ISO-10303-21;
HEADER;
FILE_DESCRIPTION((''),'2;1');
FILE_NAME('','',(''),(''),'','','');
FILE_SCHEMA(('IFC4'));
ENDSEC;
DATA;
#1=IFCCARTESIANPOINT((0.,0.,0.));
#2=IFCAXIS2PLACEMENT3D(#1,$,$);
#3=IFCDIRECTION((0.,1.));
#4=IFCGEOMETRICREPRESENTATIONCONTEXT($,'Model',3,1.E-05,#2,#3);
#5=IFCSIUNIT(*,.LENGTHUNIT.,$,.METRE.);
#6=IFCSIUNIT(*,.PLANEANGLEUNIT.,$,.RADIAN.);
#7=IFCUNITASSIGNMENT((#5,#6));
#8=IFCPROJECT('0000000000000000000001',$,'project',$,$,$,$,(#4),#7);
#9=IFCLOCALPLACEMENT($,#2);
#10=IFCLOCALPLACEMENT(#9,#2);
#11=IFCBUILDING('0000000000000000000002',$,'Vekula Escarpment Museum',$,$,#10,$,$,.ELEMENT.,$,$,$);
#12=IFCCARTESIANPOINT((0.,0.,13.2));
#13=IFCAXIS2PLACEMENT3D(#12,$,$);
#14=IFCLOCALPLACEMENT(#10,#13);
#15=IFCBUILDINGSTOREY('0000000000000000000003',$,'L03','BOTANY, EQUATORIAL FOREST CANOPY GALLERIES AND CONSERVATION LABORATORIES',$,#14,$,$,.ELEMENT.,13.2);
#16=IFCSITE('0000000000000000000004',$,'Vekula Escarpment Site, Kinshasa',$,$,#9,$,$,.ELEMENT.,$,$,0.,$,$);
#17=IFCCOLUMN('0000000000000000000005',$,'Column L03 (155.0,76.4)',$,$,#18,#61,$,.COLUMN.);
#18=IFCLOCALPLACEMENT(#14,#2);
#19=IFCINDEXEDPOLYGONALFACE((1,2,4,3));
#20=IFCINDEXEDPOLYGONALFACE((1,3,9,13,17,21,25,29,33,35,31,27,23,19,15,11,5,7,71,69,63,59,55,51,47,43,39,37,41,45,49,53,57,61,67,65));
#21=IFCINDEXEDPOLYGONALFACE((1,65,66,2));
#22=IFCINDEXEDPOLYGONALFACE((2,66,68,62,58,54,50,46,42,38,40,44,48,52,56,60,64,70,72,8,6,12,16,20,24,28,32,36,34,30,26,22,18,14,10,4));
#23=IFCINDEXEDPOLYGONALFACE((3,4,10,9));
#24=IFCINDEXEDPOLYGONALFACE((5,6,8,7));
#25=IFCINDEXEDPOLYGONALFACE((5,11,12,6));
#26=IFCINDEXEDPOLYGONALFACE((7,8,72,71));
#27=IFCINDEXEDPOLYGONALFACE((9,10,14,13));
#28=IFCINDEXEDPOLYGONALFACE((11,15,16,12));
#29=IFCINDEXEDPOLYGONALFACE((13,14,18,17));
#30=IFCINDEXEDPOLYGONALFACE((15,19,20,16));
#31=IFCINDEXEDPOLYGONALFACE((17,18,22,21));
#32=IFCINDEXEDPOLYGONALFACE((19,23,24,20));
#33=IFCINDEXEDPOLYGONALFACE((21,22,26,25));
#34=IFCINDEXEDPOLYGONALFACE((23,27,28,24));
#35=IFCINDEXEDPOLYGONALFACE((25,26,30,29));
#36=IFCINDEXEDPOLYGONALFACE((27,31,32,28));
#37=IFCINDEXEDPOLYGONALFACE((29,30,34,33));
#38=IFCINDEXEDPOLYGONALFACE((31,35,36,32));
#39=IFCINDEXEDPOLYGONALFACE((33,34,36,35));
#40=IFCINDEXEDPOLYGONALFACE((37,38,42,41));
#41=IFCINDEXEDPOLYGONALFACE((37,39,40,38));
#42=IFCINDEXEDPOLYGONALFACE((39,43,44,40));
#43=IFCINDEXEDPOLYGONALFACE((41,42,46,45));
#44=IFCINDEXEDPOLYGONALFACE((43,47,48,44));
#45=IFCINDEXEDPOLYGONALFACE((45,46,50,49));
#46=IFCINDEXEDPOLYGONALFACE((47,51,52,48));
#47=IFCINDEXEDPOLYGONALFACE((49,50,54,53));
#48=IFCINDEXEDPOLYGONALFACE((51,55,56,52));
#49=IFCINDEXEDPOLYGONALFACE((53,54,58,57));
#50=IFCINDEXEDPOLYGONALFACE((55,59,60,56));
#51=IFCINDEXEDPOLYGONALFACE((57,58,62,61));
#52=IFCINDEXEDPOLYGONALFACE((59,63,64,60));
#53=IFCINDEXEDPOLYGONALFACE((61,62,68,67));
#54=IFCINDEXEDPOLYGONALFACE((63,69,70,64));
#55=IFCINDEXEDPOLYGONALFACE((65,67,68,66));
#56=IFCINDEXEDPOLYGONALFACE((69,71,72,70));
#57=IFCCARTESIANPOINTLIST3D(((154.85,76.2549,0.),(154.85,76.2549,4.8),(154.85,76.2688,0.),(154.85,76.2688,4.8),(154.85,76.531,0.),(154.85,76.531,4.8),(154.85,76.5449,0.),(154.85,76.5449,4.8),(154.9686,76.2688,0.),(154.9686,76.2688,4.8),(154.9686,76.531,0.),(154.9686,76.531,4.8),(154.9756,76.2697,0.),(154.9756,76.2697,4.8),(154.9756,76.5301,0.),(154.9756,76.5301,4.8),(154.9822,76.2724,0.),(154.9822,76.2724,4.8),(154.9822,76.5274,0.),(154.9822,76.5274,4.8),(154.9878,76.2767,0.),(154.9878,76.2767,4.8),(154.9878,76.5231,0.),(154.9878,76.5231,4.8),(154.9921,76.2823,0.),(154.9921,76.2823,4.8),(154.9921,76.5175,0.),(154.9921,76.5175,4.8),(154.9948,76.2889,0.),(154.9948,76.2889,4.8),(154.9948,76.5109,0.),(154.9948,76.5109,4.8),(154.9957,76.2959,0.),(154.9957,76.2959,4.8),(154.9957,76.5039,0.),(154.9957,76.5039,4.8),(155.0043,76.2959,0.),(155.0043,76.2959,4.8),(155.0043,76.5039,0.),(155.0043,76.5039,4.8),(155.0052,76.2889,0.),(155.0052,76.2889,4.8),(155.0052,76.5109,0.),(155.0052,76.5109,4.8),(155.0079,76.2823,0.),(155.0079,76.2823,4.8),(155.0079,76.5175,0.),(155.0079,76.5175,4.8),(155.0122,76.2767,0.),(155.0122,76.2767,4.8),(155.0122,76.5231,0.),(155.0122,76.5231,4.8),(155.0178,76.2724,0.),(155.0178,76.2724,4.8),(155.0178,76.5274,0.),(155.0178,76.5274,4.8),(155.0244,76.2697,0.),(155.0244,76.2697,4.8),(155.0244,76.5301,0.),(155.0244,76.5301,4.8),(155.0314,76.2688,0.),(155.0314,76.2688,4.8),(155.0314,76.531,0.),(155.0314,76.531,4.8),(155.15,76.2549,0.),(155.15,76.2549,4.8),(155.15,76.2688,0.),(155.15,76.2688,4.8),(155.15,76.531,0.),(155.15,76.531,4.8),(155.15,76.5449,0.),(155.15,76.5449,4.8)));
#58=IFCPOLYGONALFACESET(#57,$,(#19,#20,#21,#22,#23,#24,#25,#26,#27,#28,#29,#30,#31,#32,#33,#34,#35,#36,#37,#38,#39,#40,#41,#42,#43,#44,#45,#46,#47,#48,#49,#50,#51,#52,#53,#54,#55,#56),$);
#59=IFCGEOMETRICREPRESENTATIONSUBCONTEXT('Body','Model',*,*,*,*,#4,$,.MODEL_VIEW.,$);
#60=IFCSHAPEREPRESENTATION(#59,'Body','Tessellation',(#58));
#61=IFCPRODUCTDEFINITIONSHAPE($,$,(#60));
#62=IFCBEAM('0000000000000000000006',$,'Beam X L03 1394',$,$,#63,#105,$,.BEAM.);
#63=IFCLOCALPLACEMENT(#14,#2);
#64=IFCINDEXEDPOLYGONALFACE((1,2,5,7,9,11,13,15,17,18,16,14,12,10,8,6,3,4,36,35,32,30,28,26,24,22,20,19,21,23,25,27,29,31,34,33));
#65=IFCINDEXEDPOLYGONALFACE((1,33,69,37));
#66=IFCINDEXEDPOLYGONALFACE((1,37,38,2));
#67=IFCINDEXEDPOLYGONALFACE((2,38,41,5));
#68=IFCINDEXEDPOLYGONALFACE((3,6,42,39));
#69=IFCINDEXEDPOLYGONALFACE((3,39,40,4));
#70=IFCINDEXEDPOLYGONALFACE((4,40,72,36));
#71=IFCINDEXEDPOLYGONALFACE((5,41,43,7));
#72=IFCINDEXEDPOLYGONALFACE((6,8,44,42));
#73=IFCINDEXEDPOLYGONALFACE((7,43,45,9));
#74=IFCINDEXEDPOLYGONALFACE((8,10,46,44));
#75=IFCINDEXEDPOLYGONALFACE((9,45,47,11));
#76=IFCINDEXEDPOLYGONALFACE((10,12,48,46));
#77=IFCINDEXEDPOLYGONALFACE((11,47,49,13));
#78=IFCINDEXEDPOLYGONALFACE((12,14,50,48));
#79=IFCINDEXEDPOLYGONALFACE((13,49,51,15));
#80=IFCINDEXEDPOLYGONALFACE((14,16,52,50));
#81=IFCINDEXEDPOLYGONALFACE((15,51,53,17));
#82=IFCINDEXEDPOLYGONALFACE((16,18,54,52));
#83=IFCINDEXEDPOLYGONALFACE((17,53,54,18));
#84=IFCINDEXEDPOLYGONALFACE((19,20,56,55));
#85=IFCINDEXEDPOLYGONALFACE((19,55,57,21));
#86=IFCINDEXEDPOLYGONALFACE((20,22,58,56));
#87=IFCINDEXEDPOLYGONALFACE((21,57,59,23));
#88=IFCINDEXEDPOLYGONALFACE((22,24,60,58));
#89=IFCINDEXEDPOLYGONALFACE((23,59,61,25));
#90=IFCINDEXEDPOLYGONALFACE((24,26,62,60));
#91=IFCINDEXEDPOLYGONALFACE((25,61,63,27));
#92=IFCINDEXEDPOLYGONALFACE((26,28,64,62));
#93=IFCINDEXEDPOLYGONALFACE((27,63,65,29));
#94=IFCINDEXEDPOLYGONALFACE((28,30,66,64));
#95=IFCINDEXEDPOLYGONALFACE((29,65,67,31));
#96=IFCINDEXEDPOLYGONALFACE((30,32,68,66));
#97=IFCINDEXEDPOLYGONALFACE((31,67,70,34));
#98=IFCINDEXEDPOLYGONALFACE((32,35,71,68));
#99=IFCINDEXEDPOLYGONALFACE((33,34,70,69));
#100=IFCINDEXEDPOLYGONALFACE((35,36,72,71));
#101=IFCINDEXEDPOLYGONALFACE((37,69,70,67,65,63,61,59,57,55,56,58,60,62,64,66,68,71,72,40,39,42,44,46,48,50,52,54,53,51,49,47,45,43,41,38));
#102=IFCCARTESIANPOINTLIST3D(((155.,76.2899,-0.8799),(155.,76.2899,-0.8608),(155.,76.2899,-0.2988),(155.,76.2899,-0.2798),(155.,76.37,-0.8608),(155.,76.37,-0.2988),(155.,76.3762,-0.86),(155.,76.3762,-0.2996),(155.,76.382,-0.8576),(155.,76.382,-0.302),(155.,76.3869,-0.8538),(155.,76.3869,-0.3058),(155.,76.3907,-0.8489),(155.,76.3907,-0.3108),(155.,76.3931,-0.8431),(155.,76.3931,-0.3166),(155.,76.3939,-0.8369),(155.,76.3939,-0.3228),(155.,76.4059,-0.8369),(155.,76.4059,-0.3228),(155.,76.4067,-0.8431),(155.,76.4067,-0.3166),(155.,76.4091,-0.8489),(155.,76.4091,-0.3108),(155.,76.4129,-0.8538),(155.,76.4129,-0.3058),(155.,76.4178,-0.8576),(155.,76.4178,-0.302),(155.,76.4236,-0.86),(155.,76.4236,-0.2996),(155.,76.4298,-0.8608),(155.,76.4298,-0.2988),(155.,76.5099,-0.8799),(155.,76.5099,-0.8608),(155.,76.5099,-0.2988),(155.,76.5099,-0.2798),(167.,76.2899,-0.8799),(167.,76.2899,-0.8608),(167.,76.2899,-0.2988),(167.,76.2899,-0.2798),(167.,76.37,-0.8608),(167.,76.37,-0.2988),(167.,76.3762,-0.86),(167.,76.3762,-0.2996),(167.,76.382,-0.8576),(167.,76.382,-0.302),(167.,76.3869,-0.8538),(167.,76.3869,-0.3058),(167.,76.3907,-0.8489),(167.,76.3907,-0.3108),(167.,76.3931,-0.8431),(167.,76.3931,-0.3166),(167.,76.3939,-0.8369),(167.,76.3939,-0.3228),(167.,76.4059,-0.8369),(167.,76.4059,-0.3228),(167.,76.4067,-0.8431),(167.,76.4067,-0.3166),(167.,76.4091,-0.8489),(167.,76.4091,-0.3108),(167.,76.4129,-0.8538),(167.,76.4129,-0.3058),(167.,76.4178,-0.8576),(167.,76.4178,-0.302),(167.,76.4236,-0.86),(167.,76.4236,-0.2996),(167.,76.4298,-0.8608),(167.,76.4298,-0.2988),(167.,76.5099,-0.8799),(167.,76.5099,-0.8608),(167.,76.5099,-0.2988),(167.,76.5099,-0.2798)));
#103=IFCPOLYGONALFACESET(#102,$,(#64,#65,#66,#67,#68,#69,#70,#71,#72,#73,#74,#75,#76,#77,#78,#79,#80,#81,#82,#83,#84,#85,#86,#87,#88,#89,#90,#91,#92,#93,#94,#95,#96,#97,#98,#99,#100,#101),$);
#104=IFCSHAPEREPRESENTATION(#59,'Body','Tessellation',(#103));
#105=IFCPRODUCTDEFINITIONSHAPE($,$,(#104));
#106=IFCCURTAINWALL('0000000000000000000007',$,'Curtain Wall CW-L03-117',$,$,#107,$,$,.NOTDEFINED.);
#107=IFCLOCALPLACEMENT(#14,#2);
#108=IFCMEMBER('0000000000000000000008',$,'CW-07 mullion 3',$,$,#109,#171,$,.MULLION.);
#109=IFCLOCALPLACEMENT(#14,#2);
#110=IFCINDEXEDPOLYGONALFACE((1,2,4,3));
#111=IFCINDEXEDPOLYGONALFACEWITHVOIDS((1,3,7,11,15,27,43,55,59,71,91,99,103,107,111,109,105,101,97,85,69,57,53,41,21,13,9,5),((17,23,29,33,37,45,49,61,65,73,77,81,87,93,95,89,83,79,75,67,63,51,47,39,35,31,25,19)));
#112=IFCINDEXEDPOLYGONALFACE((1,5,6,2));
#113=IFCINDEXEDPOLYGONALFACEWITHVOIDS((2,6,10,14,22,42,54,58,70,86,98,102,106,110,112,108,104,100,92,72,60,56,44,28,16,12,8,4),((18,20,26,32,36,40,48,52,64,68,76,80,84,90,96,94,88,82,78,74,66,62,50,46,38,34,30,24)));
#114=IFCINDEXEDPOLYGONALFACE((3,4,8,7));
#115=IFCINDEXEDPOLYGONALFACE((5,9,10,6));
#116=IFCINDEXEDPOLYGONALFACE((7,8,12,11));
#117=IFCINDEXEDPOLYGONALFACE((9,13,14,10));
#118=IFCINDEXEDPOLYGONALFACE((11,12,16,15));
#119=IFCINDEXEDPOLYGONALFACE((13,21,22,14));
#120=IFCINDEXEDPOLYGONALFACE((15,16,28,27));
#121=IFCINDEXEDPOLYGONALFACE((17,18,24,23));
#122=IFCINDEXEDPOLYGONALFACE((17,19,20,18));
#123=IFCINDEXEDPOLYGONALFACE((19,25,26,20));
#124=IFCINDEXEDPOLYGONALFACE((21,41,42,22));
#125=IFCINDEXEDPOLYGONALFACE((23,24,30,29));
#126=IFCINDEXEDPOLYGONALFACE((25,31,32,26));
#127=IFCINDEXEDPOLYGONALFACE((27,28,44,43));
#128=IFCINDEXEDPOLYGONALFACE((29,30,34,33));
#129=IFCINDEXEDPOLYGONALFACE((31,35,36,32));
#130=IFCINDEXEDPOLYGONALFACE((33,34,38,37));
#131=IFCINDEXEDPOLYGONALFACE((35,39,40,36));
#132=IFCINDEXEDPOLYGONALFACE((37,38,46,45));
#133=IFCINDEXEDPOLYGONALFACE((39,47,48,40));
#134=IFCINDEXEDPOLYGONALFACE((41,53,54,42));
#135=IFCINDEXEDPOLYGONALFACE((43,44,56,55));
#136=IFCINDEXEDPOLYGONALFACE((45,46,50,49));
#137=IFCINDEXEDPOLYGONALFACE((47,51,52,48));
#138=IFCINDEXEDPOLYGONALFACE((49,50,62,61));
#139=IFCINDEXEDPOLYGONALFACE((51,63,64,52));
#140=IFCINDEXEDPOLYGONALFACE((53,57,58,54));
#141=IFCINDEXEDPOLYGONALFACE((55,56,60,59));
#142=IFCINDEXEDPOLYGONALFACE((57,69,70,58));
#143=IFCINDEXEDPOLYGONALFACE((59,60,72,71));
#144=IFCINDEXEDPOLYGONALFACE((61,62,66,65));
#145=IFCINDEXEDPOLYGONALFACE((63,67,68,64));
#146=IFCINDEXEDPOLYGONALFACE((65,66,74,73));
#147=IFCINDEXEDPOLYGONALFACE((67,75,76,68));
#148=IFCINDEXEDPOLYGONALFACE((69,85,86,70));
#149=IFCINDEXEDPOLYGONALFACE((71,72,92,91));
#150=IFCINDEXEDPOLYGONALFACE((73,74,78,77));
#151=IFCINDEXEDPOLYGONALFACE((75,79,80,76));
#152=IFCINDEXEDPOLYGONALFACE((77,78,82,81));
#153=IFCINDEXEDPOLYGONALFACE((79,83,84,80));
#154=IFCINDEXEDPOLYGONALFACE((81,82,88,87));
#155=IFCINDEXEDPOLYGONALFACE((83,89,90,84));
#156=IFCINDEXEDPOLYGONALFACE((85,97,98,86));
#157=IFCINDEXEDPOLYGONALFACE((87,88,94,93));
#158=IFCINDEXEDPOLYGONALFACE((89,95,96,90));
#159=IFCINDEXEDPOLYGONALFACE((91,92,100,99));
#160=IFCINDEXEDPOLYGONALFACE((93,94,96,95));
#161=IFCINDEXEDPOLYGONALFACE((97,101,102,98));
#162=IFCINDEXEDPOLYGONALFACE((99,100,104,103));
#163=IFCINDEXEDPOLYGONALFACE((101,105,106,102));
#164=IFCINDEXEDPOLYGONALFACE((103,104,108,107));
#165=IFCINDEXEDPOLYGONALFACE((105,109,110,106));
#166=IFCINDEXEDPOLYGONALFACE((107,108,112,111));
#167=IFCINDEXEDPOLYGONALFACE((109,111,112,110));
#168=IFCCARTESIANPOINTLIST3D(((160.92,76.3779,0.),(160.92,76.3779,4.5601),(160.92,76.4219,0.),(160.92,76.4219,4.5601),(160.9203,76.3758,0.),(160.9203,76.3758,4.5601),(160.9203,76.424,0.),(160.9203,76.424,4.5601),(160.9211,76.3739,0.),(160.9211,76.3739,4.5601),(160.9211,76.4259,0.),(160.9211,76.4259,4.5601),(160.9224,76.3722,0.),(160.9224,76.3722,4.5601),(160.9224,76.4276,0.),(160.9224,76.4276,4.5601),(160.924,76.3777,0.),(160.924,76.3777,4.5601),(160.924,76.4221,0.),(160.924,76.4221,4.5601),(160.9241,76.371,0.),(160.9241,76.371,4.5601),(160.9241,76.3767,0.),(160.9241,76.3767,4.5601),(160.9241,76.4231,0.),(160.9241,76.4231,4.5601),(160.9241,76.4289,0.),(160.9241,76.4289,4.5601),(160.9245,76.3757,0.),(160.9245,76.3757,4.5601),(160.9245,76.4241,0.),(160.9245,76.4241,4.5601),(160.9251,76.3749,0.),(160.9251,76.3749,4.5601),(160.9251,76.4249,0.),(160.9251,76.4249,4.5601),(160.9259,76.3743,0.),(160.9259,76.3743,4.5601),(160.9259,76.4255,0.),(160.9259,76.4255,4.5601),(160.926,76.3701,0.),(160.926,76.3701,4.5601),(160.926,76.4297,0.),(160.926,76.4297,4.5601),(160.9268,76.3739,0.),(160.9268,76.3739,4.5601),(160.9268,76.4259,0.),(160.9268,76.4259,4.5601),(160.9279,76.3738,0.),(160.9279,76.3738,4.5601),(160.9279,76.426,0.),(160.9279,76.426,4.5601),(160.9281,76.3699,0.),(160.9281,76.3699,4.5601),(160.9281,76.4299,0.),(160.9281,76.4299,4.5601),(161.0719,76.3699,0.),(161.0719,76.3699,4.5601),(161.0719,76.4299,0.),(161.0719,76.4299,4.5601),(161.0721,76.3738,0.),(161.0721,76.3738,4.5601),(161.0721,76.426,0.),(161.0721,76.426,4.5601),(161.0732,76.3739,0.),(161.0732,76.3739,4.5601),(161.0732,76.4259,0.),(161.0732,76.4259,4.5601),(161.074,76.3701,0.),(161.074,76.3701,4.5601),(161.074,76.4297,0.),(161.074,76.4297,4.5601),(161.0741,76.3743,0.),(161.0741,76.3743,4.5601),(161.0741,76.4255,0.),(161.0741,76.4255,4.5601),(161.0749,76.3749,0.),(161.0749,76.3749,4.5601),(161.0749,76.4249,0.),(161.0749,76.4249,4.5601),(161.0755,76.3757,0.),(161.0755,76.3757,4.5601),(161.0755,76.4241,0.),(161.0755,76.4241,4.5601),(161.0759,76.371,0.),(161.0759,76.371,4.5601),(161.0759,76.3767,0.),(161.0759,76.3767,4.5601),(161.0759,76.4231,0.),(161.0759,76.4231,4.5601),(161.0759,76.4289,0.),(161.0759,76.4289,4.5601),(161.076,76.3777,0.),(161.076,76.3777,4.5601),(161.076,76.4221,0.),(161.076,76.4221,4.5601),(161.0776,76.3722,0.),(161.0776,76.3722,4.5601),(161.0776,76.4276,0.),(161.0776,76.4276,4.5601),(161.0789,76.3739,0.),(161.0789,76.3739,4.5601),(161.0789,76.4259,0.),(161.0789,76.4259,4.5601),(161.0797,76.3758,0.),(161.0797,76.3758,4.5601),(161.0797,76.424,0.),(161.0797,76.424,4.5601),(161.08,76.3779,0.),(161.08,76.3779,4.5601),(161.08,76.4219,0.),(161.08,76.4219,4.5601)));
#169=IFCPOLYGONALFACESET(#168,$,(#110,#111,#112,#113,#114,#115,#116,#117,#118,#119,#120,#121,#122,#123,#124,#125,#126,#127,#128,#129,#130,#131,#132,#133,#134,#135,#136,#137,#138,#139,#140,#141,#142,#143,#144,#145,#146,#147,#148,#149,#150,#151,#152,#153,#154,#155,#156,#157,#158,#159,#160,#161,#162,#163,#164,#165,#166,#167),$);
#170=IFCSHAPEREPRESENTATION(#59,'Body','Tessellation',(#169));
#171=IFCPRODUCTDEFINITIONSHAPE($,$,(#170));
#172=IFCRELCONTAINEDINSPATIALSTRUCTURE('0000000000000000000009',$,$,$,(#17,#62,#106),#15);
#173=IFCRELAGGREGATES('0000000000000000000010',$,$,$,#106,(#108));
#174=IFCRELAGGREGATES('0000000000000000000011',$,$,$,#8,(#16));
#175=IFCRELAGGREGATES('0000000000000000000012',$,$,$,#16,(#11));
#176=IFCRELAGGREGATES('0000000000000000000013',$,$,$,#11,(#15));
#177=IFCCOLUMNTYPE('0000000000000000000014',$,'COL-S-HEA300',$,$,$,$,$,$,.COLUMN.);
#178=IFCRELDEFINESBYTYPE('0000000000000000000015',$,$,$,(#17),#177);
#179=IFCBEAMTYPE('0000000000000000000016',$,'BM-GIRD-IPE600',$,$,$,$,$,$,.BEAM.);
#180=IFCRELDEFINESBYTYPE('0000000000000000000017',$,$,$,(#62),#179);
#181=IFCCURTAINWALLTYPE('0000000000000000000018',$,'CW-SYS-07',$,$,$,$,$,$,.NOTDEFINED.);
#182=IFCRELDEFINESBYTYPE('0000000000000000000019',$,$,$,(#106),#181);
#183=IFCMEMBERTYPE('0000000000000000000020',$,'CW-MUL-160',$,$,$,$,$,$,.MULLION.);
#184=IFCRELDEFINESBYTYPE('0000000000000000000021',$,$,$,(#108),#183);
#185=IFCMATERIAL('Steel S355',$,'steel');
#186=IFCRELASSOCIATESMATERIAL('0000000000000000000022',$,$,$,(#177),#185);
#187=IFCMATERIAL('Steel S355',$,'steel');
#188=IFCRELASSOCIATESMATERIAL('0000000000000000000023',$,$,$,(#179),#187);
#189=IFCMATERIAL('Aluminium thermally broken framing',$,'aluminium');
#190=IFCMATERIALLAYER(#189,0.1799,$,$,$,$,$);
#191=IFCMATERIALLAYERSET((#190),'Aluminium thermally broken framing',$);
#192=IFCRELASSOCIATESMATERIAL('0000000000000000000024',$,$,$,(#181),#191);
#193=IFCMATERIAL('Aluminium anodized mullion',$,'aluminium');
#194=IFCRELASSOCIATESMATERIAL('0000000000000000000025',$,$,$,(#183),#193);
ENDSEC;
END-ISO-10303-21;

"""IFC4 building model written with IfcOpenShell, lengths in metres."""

from ifc_helpers import new_model, si_unit, direction, frame, origin, origin_2d, place, context, subcontext, project, spatial, hollow_rectangle, i_section, extrude, material, layer, layer_set, material_profile, profile_set, type_object, element, aggregate, save


model = new_model("IFC4")

# Units and contexts
model_context = context("Model", 3, precision=1e-05, world=origin(), true_north=direction((0.0, 1.0)))
body_context = subcontext(model_context, "Body", "Model", "MODEL_VIEW")
ifc_project = project(units=[si_unit("LENGTHUNIT", "METRE"), si_unit("PLANEANGLEUNIT", "RADIAN")], contexts=[model_context])

# Site, building, storey
site_placement = place(None, origin())
site = spatial("IfcSite", under=ifc_project, at=site_placement, Name="Vekula Escarpment Site, Kinshasa", CompositionType="ELEMENT", RefElevation=0.0)
building_placement = place(site_placement, origin())
building = spatial("IfcBuilding", under=site, at=building_placement, Name="Vekula Escarpment Museum", CompositionType="ELEMENT")
storey_placement = place(building_placement, frame((0.0, 0.0, 13.2)))
storey = spatial("IfcBuildingStorey", under=building, at=storey_placement, Name="L03", Description="BOTANY, EQUATORIAL FOREST CANOPY GALLERIES AND CONSERVATION LABORATORIES", CompositionType="ELEMENT", Elevation=13.2)

# Column
ifc_material_1 = material(Name="Steel S355", Category="steel")
ifc_material_profile_1 = material_profile(ifc_material_1, i_section(OverallWidth=0.3, OverallDepth=0.29, WebThickness=0.0085, FlangeThickness=0.0139, FilletRadius=0.0271, at=origin_2d()), Name="HEA 300")
ifc_profile_set_1 = profile_set([ifc_material_profile_1], Name="Steel S355")
column_type = type_object("IfcColumnType", Name="COL-S-HEA300", PredefinedType="COLUMN", material=ifc_profile_set_1)
column_placement = place(storey_placement, frame((155.0, 76.3999, 0.0), z_axis=(0.0, 0.0, 1.0), x_axis=(1.0, 0.0, 0.0)))
element("IfcColumn", 1, at=column_placement, inside=storey, type_object=column_type, Name="Column L03 (155.0,76.4)", PredefinedType="COLUMN", context=body_context, shape_type="SweptSolid", body=[
    extrude(i_section(OverallWidth=0.3, OverallDepth=0.29, WebThickness=0.0085, FlangeThickness=0.0139, FilletRadius=0.0271, at=origin_2d()), origin(), (0.0, 0.0, 1.0), 4.8),
])

# Beam
ifc_material_2 = material(Name="Steel S355", Category="steel")
ifc_material_profile_2 = material_profile(ifc_material_2, i_section(OverallWidth=0.22, OverallDepth=0.6001, WebThickness=0.012, FlangeThickness=0.019, FilletRadius=0.0239, at=origin_2d()), Name="IPE 600")
ifc_profile_set_2 = profile_set([ifc_material_profile_2], Name="Steel S355")
beam_type = type_object("IfcBeamType", Name="BM-GIRD-IPE600", PredefinedType="BEAM", material=ifc_profile_set_2)
beam_placement = place(storey_placement, frame((155.0, 76.3999, -0.5798), z_axis=(1.0, 0.0, 0.0), x_axis=(0.0, 1.0, 0.0)))
element("IfcBeam", 2, at=beam_placement, inside=storey, type_object=beam_type, Name="Beam X L03 1394", PredefinedType="BEAM", context=body_context, shape_type="SweptSolid", body=[
    extrude(i_section(OverallWidth=0.22, OverallDepth=0.6001, WebThickness=0.012, FlangeThickness=0.019, FilletRadius=0.0239, at=origin_2d()), origin(), (0.0, 0.0, 1.0), 12.0),
])

# Curtain wall, member
ifc_material_3 = material(Name="Aluminium thermally broken framing", Category="aluminium")
ifc_layer_1 = layer(ifc_material_3, 0.1799)
ifc_layer_set_1 = layer_set([ifc_layer_1], Name="Aluminium thermally broken framing")
curtain_wall_type_1 = type_object("IfcCurtainWallType", Name="CW-SYS-07", PredefinedType="NOTDEFINED", material=ifc_layer_set_1)
curtain_wall_1_placement = place(storey_placement, origin())
curtain_wall_1 = element("IfcCurtainWall", 3, at=curtain_wall_1_placement, inside=storey, type_object=curtain_wall_type_1, Name="Curtain Wall CW-L03-117", PredefinedType="NOTDEFINED")
ifc_material_4 = material(Name="Aluminium anodized mullion", Category="aluminium")
ifc_material_profile_3 = material_profile(ifc_material_4, hollow_rectangle(XDim=0.0601, YDim=0.1599, WallThickness=0.0039, InnerFilletRadius=0.0039, OuterFilletRadius=0.0081, at=origin_2d()), Name="ALU 160x60x4")
ifc_profile_set_3 = profile_set([ifc_material_profile_3], Name="Aluminium anodized mullion")
member_type_1 = type_object("IfcMemberType", Name="CW-MUL-160", PredefinedType="MULLION", material=ifc_profile_set_3)
member_1_placement = place(storey_placement, frame((161.0, 76.3999, 0.0), z_axis=(0.0, 0.0, 1.0), x_axis=(0.0, -1.0, 0.0)))
member_1 = element("IfcMember", 4, at=member_1_placement, type_object=member_type_1, Name="CW-07 mullion 3", PredefinedType="MULLION", context=body_context, shape_type="SweptSolid", body=[
    extrude(hollow_rectangle(XDim=0.0601, YDim=0.1599, WallThickness=0.0039, InnerFilletRadius=0.0039, OuterFilletRadius=0.0081, at=origin_2d()), origin(), (0.0, 0.0, 1.0), 4.5601),
])

aggregate(curtain_wall_1, [member_1])

save(model, "model.ifc")
